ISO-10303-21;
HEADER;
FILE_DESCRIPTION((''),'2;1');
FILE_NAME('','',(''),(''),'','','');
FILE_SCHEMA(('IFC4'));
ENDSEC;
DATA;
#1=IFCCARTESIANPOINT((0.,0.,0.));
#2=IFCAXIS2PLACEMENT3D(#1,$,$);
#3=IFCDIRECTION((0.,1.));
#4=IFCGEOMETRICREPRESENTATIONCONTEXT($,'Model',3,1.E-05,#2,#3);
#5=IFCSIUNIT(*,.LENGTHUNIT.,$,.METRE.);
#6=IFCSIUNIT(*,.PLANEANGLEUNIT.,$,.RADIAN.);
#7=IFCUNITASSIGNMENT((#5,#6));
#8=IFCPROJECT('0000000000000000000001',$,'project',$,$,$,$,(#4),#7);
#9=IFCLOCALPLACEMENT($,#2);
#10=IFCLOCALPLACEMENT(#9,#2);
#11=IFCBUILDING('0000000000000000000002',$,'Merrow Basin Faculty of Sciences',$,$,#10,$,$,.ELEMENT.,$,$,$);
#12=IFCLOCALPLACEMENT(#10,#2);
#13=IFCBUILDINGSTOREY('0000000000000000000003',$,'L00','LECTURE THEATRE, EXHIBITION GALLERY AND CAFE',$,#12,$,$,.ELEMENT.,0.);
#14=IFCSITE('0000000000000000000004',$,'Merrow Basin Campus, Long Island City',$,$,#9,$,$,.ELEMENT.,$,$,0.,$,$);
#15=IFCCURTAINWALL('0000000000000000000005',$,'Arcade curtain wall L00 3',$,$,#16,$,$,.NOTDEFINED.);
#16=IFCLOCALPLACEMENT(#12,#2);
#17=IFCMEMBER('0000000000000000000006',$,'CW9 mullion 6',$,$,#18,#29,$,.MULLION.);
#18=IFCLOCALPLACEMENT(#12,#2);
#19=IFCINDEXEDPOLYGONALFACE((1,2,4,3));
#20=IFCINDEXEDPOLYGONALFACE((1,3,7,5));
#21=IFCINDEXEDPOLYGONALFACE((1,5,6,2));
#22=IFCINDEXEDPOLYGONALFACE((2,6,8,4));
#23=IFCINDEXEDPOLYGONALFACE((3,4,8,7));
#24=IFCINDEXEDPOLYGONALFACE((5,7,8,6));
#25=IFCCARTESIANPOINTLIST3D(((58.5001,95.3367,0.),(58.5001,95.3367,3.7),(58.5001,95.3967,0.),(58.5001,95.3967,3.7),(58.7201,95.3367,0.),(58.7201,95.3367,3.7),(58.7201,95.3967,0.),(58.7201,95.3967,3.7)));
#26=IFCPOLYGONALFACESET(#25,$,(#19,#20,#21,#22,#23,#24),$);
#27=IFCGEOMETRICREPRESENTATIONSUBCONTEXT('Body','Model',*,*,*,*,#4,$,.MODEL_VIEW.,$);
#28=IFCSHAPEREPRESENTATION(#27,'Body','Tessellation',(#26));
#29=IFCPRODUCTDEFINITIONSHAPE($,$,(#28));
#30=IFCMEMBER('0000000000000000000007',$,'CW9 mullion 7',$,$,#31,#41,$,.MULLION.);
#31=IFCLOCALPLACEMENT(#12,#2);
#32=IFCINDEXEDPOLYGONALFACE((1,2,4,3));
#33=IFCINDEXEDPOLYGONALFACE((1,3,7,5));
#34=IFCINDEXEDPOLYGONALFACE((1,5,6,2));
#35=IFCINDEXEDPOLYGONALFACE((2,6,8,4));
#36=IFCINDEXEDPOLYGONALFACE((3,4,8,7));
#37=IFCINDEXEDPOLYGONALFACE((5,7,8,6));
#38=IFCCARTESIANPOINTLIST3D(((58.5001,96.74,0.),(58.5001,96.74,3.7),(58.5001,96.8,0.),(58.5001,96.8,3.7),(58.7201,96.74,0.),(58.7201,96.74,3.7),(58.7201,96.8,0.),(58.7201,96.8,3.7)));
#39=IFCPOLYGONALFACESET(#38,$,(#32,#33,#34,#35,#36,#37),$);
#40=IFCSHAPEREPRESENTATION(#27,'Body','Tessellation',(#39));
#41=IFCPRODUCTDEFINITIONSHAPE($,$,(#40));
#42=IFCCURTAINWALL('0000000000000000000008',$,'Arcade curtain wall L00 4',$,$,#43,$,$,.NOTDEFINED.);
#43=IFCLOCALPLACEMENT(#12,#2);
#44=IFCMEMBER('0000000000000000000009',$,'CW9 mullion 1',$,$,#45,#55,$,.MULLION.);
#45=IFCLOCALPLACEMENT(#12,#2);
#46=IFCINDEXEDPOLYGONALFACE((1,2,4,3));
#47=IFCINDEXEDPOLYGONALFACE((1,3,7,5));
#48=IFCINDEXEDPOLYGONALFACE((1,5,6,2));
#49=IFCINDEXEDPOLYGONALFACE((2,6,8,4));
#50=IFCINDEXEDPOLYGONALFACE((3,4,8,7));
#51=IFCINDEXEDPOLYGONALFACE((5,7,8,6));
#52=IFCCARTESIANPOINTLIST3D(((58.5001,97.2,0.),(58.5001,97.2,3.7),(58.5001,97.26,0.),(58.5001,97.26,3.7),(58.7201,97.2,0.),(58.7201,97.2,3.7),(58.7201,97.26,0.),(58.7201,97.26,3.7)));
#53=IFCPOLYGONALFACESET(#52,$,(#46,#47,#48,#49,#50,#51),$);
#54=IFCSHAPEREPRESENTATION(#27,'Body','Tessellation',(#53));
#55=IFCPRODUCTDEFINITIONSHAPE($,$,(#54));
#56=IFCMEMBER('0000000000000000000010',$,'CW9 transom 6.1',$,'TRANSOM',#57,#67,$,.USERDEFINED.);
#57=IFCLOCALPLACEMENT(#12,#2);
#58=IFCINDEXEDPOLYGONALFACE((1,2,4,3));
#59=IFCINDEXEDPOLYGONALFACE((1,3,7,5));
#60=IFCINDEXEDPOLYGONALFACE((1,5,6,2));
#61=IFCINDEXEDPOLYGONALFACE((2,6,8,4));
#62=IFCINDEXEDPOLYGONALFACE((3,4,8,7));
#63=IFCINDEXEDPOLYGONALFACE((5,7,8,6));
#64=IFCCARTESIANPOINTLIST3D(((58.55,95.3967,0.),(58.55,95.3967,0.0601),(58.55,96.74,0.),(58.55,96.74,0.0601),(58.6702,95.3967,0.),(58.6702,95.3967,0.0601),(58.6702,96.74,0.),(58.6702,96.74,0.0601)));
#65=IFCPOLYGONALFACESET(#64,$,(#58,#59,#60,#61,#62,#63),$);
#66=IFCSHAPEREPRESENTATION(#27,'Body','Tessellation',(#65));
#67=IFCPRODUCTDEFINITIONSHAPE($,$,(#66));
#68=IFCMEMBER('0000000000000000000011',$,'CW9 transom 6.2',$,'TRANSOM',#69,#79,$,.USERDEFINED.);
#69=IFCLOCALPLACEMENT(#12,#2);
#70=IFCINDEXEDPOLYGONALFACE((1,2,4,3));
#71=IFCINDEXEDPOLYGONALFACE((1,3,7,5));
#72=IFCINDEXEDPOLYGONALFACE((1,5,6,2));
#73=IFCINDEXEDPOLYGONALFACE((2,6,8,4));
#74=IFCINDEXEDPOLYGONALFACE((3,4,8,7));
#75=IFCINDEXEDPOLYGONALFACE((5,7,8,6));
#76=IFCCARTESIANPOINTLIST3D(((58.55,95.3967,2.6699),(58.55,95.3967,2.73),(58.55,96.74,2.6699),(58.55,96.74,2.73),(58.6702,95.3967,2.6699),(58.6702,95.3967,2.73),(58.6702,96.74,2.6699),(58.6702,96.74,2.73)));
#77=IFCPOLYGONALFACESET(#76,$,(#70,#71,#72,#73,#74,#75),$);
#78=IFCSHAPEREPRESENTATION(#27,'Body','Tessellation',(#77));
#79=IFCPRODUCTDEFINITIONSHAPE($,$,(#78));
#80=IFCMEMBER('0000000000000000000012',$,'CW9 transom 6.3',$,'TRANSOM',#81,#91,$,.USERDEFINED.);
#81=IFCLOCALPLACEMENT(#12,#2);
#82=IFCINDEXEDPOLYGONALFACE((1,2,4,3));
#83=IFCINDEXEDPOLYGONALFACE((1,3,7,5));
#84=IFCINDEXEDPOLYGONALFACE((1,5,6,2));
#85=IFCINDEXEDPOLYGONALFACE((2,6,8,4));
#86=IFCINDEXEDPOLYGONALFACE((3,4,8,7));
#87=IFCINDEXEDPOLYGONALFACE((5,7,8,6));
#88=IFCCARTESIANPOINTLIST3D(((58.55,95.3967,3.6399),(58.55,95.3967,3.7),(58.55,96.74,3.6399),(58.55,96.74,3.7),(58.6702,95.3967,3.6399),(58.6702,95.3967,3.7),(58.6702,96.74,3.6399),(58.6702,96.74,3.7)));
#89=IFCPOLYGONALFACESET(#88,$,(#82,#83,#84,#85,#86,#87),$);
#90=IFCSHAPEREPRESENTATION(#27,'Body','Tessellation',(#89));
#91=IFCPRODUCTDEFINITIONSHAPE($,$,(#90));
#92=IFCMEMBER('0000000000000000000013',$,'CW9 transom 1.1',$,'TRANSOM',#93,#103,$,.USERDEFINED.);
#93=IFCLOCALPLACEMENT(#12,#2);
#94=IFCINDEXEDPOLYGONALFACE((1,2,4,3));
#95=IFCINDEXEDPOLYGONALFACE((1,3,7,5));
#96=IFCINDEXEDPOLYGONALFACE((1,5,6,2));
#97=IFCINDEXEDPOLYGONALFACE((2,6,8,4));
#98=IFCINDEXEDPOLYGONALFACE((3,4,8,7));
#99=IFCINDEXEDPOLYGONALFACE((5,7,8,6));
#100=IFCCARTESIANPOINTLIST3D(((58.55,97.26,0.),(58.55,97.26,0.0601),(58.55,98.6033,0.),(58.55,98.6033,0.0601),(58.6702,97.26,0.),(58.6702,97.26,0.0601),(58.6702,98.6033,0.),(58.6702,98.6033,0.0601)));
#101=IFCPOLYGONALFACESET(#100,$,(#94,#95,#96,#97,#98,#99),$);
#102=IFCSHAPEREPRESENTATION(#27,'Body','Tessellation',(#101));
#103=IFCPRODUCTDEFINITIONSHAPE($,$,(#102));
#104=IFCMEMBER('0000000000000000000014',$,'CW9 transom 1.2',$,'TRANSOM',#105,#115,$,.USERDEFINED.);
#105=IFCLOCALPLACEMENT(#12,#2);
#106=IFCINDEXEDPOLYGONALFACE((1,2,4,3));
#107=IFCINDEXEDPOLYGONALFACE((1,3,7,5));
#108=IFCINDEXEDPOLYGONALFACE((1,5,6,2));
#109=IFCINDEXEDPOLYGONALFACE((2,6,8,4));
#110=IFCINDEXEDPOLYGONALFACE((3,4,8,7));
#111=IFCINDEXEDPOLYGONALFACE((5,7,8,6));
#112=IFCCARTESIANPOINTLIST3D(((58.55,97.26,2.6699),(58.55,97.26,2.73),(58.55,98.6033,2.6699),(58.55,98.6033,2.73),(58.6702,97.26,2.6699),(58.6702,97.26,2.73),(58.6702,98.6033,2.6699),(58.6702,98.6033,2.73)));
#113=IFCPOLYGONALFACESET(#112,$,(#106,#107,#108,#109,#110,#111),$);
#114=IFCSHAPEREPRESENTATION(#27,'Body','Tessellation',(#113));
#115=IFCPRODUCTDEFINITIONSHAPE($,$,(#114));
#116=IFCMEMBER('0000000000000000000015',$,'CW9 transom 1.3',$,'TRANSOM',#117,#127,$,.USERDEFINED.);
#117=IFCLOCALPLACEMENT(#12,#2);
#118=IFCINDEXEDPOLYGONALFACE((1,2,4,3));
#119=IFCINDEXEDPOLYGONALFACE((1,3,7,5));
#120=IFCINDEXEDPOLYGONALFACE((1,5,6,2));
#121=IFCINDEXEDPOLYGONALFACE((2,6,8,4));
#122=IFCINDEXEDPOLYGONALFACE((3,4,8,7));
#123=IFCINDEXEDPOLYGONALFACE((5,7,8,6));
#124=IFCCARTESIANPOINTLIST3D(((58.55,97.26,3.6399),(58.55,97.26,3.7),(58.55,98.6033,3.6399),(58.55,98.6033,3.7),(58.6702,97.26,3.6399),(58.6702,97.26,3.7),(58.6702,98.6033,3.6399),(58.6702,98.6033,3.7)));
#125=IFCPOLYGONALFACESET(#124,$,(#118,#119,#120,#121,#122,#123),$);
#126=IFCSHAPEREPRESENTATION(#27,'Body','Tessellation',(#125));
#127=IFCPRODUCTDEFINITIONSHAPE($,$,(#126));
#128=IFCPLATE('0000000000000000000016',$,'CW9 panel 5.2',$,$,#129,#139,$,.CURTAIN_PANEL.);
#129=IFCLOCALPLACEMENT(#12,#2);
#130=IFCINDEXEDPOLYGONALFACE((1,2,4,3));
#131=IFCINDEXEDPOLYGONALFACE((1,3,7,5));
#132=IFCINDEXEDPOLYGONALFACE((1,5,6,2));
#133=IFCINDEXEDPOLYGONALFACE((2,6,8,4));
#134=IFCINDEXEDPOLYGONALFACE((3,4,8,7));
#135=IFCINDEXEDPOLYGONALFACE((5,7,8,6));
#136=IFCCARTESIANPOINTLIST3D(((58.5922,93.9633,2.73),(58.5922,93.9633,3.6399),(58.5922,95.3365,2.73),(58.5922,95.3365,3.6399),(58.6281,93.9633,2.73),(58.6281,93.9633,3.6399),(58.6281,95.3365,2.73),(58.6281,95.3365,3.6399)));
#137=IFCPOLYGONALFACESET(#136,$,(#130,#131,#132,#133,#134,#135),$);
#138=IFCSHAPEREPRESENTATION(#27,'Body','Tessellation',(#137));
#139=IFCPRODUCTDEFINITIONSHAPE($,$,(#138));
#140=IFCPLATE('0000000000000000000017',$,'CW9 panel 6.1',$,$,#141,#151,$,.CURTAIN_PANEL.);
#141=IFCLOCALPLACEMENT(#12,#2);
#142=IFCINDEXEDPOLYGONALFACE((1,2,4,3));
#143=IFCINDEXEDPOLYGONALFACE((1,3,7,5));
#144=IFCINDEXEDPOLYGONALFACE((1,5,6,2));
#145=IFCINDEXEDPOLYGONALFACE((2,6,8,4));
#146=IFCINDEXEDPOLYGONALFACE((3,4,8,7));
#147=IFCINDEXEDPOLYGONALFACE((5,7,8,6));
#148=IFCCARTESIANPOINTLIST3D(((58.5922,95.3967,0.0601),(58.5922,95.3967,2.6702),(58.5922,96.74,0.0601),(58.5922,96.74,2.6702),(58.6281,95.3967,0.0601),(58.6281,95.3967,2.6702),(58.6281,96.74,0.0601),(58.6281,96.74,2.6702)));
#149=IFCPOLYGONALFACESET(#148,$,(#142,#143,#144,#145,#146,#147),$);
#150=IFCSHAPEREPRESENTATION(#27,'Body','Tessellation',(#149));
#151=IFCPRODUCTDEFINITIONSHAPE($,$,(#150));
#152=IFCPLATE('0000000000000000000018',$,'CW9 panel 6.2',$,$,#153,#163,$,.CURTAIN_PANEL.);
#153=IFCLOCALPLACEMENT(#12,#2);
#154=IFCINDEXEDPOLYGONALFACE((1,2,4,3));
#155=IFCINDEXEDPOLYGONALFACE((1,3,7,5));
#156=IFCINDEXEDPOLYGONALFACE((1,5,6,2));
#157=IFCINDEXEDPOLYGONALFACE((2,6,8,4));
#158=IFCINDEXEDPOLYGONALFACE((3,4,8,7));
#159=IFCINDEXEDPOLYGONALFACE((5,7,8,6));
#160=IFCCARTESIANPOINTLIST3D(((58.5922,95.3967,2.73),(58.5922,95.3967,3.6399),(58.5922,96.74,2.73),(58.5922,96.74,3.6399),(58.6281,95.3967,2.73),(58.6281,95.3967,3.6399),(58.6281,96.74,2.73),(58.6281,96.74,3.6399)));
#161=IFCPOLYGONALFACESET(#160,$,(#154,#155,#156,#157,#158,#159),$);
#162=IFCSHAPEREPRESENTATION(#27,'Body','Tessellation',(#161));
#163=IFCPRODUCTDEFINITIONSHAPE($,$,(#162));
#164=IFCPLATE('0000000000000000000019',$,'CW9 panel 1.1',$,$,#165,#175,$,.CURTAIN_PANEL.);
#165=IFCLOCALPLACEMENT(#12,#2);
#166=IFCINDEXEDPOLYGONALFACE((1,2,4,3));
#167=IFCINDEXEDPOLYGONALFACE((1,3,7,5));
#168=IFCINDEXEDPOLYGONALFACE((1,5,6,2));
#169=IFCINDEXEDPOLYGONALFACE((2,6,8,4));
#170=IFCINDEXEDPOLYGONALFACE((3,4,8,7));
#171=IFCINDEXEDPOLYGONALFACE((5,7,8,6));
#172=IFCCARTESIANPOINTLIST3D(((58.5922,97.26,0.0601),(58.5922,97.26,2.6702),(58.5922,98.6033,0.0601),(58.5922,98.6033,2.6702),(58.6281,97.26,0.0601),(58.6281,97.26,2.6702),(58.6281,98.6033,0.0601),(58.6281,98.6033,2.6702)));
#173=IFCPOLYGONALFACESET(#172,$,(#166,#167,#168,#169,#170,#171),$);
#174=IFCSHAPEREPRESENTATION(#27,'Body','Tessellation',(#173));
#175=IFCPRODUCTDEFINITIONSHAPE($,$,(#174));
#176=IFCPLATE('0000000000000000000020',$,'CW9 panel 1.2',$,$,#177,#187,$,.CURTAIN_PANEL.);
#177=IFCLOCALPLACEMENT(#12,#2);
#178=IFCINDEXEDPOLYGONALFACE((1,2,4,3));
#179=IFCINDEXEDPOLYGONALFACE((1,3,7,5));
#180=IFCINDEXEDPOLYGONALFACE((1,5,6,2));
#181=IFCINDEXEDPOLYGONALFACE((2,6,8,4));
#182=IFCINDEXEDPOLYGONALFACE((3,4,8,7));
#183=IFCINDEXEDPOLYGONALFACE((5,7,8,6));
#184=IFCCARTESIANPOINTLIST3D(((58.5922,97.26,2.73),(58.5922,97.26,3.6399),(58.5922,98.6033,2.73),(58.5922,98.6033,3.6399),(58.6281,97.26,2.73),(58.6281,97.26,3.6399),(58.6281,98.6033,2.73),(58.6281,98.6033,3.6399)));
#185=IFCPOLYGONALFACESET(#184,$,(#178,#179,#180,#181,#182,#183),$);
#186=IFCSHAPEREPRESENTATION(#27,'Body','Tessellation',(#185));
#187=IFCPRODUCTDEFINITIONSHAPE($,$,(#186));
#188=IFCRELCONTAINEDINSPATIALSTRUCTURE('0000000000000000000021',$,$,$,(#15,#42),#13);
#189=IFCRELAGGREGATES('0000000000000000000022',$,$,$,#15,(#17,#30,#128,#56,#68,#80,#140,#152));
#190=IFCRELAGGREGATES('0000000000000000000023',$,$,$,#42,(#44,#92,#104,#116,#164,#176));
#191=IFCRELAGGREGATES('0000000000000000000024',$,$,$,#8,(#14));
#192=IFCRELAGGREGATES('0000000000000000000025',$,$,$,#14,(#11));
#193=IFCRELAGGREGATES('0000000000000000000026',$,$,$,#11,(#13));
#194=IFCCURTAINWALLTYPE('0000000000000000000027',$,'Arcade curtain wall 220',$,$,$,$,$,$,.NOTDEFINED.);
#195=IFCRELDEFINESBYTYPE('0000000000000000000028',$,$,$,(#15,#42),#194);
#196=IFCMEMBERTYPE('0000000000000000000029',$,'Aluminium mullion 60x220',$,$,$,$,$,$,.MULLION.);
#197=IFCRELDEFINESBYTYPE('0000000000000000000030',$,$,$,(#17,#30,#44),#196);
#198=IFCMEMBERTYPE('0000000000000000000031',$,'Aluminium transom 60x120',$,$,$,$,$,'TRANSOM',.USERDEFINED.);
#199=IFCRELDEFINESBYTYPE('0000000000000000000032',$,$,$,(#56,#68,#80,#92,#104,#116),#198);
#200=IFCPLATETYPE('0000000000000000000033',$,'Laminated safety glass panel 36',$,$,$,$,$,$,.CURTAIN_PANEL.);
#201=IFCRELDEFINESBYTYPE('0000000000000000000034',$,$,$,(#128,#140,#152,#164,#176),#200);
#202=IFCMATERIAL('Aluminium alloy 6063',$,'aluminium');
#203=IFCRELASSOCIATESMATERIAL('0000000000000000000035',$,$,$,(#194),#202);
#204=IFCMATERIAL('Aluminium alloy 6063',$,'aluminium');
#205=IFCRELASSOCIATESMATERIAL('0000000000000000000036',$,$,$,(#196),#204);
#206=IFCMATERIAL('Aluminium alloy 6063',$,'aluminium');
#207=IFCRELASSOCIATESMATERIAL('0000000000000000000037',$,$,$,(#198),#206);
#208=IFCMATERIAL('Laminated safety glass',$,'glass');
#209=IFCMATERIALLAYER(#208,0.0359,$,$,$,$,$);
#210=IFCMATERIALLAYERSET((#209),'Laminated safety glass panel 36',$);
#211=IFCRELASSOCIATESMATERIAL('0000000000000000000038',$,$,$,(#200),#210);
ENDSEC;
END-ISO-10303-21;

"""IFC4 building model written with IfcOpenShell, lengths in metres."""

from ifc_helpers import new_model, si_unit, direction, frame, origin, origin_2d, place, context, subcontext, project, spatial, rectangle, extrude, material, layer, layer_set, material_profile, profile_set, type_object, element, aggregate, save


model = new_model("IFC4")

# Units and contexts
model_context = context("Model", 3, precision=1e-05, world=origin(), true_north=direction((0.0, 1.0)))
body_context = subcontext(model_context, "Body", "Model", "MODEL_VIEW")
ifc_project = project(units=[si_unit("LENGTHUNIT", "METRE"), si_unit("PLANEANGLEUNIT", "RADIAN")], contexts=[model_context])

# Site, building, storey
site_placement = place(None, origin())
site = spatial("IfcSite", under=ifc_project, at=site_placement, Name="Merrow Basin Campus, Long Island City", CompositionType="ELEMENT", RefElevation=0.0)
building_placement = place(site_placement, origin())
building = spatial("IfcBuilding", under=site, at=building_placement, Name="Merrow Basin Faculty of Sciences", CompositionType="ELEMENT")
storey_placement = place(building_placement, origin())
storey = spatial("IfcBuildingStorey", under=building, at=storey_placement, Name="L00", Description="LECTURE THEATRE, EXHIBITION GALLERY AND CAFE", CompositionType="ELEMENT", Elevation=0.0)

# Curtain wall, members
ifc_material_1 = material(Name="Aluminium alloy 6063", Category="aluminium")
curtain_wall_type = type_object("IfcCurtainWallType", Name="Arcade curtain wall 220", PredefinedType="NOTDEFINED", material=ifc_material_1)
curtain_wall_1_placement = place(storey_placement, origin())
curtain_wall_1 = element("IfcCurtainWall", 1, at=curtain_wall_1_placement, inside=storey, type_object=curtain_wall_type, Name="Arcade curtain wall L00 3", PredefinedType="NOTDEFINED")
ifc_material_2 = material(Name="Aluminium alloy 6063", Category="aluminium")
ifc_material_profile_1 = material_profile(ifc_material_2, rectangle(XDim=0.22, YDim=0.0601, at=origin_2d()))
ifc_profile_set_1 = profile_set([ifc_material_profile_1], Name="Aluminium alloy 6063")
member_type_1 = type_object("IfcMemberType", Name="Aluminium mullion 60x220", PredefinedType="MULLION", material=ifc_profile_set_1)
member_1_placement = place(storey_placement, frame((58.6101, 95.3667, 0.0), z_axis=(0.0, 0.0, 1.0), x_axis=(-1.0, 0.0, 0.0)))
member_1 = element("IfcMember", 2, at=member_1_placement, type_object=member_type_1, Name="CW9 mullion 6", PredefinedType="MULLION", context=body_context, shape_type="SweptSolid", body=[
    extrude(rectangle(XDim=0.22, YDim=0.0601, at=origin_2d()), origin(), (0.0, 0.0, 1.0), 3.7),
])
member_2_placement = place(storey_placement, frame((58.6101, 96.77, 0.0), z_axis=(0.0, 0.0, 1.0), x_axis=(-1.0, 0.0, 0.0)))
member_2 = element("IfcMember", 3, at=member_2_placement, type_object=member_type_1, Name="CW9 mullion 7", PredefinedType="MULLION", context=body_context, shape_type="SweptSolid", body=[
    extrude(rectangle(XDim=0.22, YDim=0.0601, at=origin_2d()), origin(), (0.0, 0.0, 1.0), 3.7),
])

# Curtain wall, member
curtain_wall_2_placement = place(storey_placement, origin())
curtain_wall_2 = element("IfcCurtainWall", 4, at=curtain_wall_2_placement, inside=storey, type_object=curtain_wall_type, Name="Arcade curtain wall L00 4", PredefinedType="NOTDEFINED")
member_3_placement = place(storey_placement, frame((58.6101, 97.23, 0.0), z_axis=(0.0, 0.0, 1.0), x_axis=(-1.0, 0.0, 0.0)))
member_3 = element("IfcMember", 5, at=member_3_placement, type_object=member_type_1, Name="CW9 mullion 1", PredefinedType="MULLION", context=body_context, shape_type="SweptSolid", body=[
    extrude(rectangle(XDim=0.22, YDim=0.0601, at=origin_2d()), origin(), (0.0, 0.0, 1.0), 3.7),
])

# Members
ifc_material_3 = material(Name="Aluminium alloy 6063", Category="aluminium")
ifc_material_profile_2 = material_profile(ifc_material_3, rectangle(XDim=0.1201, YDim=0.0601, at=origin_2d()))
ifc_profile_set_2 = profile_set([ifc_material_profile_2], Name="Aluminium alloy 6063")
member_type_2 = type_object("IfcMemberType", Name="Aluminium transom 60x120", ElementType="TRANSOM", PredefinedType="USERDEFINED", material=ifc_profile_set_2)
member_4_placement = place(storey_placement, frame((58.6101, 95.3967, 0.03), z_axis=(0.0, 1.0, 0.0), x_axis=(-1.0, 0.0, 0.0)))
member_4 = element("IfcMember", 6, at=member_4_placement, type_object=member_type_2, Name="CW9 transom 6.1", ObjectType="TRANSOM", PredefinedType="USERDEFINED", context=body_context, shape_type="SweptSolid", body=[
    extrude(rectangle(XDim=0.1201, YDim=0.0601, at=origin_2d()), origin(), (0.0, 0.0, 1.0), 1.3433),
])
member_5_placement = place(storey_placement, frame((58.6101, 95.3967, 2.7), z_axis=(0.0, 1.0, 0.0), x_axis=(-1.0, 0.0, 0.0)))
member_5 = element("IfcMember", 7, at=member_5_placement, type_object=member_type_2, Name="CW9 transom 6.2", ObjectType="TRANSOM", PredefinedType="USERDEFINED", context=body_context, shape_type="SweptSolid", body=[
    extrude(rectangle(XDim=0.1201, YDim=0.0601, at=origin_2d()), origin(), (0.0, 0.0, 1.0), 1.3433),
])
member_6_placement = place(storey_placement, frame((58.6101, 95.3967, 3.6699), z_axis=(0.0, 1.0, 0.0), x_axis=(-1.0, 0.0, 0.0)))
member_6 = element("IfcMember", 8, at=member_6_placement, type_object=member_type_2, Name="CW9 transom 6.3", ObjectType="TRANSOM", PredefinedType="USERDEFINED", context=body_context, shape_type="SweptSolid", body=[
    extrude(rectangle(XDim=0.1201, YDim=0.0601, at=origin_2d()), origin(), (0.0, 0.0, 1.0), 1.3433),
])
member_7_placement = place(storey_placement, frame((58.6101, 97.26, 0.03), z_axis=(0.0, 1.0, 0.0), x_axis=(-1.0, 0.0, 0.0)))
member_7 = element("IfcMember", 9, at=member_7_placement, type_object=member_type_2, Name="CW9 transom 1.1", ObjectType="TRANSOM", PredefinedType="USERDEFINED", context=body_context, shape_type="SweptSolid", body=[
    extrude(rectangle(XDim=0.1201, YDim=0.0601, at=origin_2d()), origin(), (0.0, 0.0, 1.0), 1.3433),
])
member_8_placement = place(storey_placement, frame((58.6101, 97.26, 2.7), z_axis=(0.0, 1.0, 0.0), x_axis=(-1.0, 0.0, 0.0)))
member_8 = element("IfcMember", 10, at=member_8_placement, type_object=member_type_2, Name="CW9 transom 1.2", ObjectType="TRANSOM", PredefinedType="USERDEFINED", context=body_context, shape_type="SweptSolid", body=[
    extrude(rectangle(XDim=0.1201, YDim=0.0601, at=origin_2d()), origin(), (0.0, 0.0, 1.0), 1.3433),
])
member_9_placement = place(storey_placement, frame((58.6101, 97.26, 3.6699), z_axis=(0.0, 1.0, 0.0), x_axis=(-1.0, 0.0, 0.0)))
member_9 = element("IfcMember", 11, at=member_9_placement, type_object=member_type_2, Name="CW9 transom 1.3", ObjectType="TRANSOM", PredefinedType="USERDEFINED", context=body_context, shape_type="SweptSolid", body=[
    extrude(rectangle(XDim=0.1201, YDim=0.0601, at=origin_2d()), origin(), (0.0, 0.0, 1.0), 1.3433),
])

# Plates
ifc_material_4 = material(Name="Laminated safety glass", Category="glass")
ifc_layer_1 = layer(ifc_material_4, 0.0359)
ifc_layer_set_1 = layer_set([ifc_layer_1], Name="Laminated safety glass panel 36")
plate_type = type_object("IfcPlateType", Name="Laminated safety glass panel 36", PredefinedType="CURTAIN_PANEL", material=ifc_layer_set_1)
plate_1_placement = place(storey_placement, frame((58.6101, 94.6499, 2.73), z_axis=(0.0, 0.0, 1.0), x_axis=(0.0, 1.0, 0.0)))
plate_1 = element("IfcPlate", 12, at=plate_1_placement, type_object=plate_type, Name="CW9 panel 5.2", PredefinedType="CURTAIN_PANEL", context=body_context, shape_type="SweptSolid", body=[
    extrude(rectangle(XDim=1.3733, YDim=0.0359, at=origin_2d()), origin(), (0.0, 0.0, 1.0), 0.9099),
])
plate_2_placement = place(storey_placement, frame((58.6101, 96.0684, 0.0601), z_axis=(0.0, 0.0, 1.0), x_axis=(0.0, 1.0, 0.0)))
plate_2 = element("IfcPlate", 13, at=plate_2_placement, type_object=plate_type, Name="CW9 panel 6.1", PredefinedType="CURTAIN_PANEL", context=body_context, shape_type="SweptSolid", body=[
    extrude(rectangle(XDim=1.3433, YDim=0.0359, at=origin_2d()), origin(), (0.0, 0.0, 1.0), 2.6101),
])
plate_3_placement = place(storey_placement, frame((58.6101, 96.0684, 2.73), z_axis=(0.0, 0.0, 1.0), x_axis=(0.0, 1.0, 0.0)))
plate_3 = element("IfcPlate", 14, at=plate_3_placement, type_object=plate_type, Name="CW9 panel 6.2", PredefinedType="CURTAIN_PANEL", context=body_context, shape_type="SweptSolid", body=[
    extrude(rectangle(XDim=1.3433, YDim=0.0359, at=origin_2d()), origin(), (0.0, 0.0, 1.0), 0.9099),
])
aggregate(curtain_wall_1, [member_1, member_2, plate_1, member_4, member_5, member_6, plate_2, plate_3])
plate_4_placement = place(storey_placement, frame((58.6101, 97.9316, 0.0601), z_axis=(0.0, 0.0, 1.0), x_axis=(0.0, 1.0, 0.0)))
plate_4 = element("IfcPlate", 15, at=plate_4_placement, type_object=plate_type, Name="CW9 panel 1.1", PredefinedType="CURTAIN_PANEL", context=body_context, shape_type="SweptSolid", body=[
    extrude(rectangle(XDim=1.3433, YDim=0.0359, at=origin_2d()), origin(), (0.0, 0.0, 1.0), 2.6101),
])
plate_5_placement = place(storey_placement, frame((58.6101, 97.9316, 2.73), z_axis=(0.0, 0.0, 1.0), x_axis=(0.0, 1.0, 0.0)))
plate_5 = element("IfcPlate", 16, at=plate_5_placement, type_object=plate_type, Name="CW9 panel 1.2", PredefinedType="CURTAIN_PANEL", context=body_context, shape_type="SweptSolid", body=[
    extrude(rectangle(XDim=1.3433, YDim=0.0359, at=origin_2d()), origin(), (0.0, 0.0, 1.0), 0.9099),
])
aggregate(curtain_wall_2, [member_3, member_7, member_8, member_9, plate_4, plate_5])

save(model, "model.ifc")
